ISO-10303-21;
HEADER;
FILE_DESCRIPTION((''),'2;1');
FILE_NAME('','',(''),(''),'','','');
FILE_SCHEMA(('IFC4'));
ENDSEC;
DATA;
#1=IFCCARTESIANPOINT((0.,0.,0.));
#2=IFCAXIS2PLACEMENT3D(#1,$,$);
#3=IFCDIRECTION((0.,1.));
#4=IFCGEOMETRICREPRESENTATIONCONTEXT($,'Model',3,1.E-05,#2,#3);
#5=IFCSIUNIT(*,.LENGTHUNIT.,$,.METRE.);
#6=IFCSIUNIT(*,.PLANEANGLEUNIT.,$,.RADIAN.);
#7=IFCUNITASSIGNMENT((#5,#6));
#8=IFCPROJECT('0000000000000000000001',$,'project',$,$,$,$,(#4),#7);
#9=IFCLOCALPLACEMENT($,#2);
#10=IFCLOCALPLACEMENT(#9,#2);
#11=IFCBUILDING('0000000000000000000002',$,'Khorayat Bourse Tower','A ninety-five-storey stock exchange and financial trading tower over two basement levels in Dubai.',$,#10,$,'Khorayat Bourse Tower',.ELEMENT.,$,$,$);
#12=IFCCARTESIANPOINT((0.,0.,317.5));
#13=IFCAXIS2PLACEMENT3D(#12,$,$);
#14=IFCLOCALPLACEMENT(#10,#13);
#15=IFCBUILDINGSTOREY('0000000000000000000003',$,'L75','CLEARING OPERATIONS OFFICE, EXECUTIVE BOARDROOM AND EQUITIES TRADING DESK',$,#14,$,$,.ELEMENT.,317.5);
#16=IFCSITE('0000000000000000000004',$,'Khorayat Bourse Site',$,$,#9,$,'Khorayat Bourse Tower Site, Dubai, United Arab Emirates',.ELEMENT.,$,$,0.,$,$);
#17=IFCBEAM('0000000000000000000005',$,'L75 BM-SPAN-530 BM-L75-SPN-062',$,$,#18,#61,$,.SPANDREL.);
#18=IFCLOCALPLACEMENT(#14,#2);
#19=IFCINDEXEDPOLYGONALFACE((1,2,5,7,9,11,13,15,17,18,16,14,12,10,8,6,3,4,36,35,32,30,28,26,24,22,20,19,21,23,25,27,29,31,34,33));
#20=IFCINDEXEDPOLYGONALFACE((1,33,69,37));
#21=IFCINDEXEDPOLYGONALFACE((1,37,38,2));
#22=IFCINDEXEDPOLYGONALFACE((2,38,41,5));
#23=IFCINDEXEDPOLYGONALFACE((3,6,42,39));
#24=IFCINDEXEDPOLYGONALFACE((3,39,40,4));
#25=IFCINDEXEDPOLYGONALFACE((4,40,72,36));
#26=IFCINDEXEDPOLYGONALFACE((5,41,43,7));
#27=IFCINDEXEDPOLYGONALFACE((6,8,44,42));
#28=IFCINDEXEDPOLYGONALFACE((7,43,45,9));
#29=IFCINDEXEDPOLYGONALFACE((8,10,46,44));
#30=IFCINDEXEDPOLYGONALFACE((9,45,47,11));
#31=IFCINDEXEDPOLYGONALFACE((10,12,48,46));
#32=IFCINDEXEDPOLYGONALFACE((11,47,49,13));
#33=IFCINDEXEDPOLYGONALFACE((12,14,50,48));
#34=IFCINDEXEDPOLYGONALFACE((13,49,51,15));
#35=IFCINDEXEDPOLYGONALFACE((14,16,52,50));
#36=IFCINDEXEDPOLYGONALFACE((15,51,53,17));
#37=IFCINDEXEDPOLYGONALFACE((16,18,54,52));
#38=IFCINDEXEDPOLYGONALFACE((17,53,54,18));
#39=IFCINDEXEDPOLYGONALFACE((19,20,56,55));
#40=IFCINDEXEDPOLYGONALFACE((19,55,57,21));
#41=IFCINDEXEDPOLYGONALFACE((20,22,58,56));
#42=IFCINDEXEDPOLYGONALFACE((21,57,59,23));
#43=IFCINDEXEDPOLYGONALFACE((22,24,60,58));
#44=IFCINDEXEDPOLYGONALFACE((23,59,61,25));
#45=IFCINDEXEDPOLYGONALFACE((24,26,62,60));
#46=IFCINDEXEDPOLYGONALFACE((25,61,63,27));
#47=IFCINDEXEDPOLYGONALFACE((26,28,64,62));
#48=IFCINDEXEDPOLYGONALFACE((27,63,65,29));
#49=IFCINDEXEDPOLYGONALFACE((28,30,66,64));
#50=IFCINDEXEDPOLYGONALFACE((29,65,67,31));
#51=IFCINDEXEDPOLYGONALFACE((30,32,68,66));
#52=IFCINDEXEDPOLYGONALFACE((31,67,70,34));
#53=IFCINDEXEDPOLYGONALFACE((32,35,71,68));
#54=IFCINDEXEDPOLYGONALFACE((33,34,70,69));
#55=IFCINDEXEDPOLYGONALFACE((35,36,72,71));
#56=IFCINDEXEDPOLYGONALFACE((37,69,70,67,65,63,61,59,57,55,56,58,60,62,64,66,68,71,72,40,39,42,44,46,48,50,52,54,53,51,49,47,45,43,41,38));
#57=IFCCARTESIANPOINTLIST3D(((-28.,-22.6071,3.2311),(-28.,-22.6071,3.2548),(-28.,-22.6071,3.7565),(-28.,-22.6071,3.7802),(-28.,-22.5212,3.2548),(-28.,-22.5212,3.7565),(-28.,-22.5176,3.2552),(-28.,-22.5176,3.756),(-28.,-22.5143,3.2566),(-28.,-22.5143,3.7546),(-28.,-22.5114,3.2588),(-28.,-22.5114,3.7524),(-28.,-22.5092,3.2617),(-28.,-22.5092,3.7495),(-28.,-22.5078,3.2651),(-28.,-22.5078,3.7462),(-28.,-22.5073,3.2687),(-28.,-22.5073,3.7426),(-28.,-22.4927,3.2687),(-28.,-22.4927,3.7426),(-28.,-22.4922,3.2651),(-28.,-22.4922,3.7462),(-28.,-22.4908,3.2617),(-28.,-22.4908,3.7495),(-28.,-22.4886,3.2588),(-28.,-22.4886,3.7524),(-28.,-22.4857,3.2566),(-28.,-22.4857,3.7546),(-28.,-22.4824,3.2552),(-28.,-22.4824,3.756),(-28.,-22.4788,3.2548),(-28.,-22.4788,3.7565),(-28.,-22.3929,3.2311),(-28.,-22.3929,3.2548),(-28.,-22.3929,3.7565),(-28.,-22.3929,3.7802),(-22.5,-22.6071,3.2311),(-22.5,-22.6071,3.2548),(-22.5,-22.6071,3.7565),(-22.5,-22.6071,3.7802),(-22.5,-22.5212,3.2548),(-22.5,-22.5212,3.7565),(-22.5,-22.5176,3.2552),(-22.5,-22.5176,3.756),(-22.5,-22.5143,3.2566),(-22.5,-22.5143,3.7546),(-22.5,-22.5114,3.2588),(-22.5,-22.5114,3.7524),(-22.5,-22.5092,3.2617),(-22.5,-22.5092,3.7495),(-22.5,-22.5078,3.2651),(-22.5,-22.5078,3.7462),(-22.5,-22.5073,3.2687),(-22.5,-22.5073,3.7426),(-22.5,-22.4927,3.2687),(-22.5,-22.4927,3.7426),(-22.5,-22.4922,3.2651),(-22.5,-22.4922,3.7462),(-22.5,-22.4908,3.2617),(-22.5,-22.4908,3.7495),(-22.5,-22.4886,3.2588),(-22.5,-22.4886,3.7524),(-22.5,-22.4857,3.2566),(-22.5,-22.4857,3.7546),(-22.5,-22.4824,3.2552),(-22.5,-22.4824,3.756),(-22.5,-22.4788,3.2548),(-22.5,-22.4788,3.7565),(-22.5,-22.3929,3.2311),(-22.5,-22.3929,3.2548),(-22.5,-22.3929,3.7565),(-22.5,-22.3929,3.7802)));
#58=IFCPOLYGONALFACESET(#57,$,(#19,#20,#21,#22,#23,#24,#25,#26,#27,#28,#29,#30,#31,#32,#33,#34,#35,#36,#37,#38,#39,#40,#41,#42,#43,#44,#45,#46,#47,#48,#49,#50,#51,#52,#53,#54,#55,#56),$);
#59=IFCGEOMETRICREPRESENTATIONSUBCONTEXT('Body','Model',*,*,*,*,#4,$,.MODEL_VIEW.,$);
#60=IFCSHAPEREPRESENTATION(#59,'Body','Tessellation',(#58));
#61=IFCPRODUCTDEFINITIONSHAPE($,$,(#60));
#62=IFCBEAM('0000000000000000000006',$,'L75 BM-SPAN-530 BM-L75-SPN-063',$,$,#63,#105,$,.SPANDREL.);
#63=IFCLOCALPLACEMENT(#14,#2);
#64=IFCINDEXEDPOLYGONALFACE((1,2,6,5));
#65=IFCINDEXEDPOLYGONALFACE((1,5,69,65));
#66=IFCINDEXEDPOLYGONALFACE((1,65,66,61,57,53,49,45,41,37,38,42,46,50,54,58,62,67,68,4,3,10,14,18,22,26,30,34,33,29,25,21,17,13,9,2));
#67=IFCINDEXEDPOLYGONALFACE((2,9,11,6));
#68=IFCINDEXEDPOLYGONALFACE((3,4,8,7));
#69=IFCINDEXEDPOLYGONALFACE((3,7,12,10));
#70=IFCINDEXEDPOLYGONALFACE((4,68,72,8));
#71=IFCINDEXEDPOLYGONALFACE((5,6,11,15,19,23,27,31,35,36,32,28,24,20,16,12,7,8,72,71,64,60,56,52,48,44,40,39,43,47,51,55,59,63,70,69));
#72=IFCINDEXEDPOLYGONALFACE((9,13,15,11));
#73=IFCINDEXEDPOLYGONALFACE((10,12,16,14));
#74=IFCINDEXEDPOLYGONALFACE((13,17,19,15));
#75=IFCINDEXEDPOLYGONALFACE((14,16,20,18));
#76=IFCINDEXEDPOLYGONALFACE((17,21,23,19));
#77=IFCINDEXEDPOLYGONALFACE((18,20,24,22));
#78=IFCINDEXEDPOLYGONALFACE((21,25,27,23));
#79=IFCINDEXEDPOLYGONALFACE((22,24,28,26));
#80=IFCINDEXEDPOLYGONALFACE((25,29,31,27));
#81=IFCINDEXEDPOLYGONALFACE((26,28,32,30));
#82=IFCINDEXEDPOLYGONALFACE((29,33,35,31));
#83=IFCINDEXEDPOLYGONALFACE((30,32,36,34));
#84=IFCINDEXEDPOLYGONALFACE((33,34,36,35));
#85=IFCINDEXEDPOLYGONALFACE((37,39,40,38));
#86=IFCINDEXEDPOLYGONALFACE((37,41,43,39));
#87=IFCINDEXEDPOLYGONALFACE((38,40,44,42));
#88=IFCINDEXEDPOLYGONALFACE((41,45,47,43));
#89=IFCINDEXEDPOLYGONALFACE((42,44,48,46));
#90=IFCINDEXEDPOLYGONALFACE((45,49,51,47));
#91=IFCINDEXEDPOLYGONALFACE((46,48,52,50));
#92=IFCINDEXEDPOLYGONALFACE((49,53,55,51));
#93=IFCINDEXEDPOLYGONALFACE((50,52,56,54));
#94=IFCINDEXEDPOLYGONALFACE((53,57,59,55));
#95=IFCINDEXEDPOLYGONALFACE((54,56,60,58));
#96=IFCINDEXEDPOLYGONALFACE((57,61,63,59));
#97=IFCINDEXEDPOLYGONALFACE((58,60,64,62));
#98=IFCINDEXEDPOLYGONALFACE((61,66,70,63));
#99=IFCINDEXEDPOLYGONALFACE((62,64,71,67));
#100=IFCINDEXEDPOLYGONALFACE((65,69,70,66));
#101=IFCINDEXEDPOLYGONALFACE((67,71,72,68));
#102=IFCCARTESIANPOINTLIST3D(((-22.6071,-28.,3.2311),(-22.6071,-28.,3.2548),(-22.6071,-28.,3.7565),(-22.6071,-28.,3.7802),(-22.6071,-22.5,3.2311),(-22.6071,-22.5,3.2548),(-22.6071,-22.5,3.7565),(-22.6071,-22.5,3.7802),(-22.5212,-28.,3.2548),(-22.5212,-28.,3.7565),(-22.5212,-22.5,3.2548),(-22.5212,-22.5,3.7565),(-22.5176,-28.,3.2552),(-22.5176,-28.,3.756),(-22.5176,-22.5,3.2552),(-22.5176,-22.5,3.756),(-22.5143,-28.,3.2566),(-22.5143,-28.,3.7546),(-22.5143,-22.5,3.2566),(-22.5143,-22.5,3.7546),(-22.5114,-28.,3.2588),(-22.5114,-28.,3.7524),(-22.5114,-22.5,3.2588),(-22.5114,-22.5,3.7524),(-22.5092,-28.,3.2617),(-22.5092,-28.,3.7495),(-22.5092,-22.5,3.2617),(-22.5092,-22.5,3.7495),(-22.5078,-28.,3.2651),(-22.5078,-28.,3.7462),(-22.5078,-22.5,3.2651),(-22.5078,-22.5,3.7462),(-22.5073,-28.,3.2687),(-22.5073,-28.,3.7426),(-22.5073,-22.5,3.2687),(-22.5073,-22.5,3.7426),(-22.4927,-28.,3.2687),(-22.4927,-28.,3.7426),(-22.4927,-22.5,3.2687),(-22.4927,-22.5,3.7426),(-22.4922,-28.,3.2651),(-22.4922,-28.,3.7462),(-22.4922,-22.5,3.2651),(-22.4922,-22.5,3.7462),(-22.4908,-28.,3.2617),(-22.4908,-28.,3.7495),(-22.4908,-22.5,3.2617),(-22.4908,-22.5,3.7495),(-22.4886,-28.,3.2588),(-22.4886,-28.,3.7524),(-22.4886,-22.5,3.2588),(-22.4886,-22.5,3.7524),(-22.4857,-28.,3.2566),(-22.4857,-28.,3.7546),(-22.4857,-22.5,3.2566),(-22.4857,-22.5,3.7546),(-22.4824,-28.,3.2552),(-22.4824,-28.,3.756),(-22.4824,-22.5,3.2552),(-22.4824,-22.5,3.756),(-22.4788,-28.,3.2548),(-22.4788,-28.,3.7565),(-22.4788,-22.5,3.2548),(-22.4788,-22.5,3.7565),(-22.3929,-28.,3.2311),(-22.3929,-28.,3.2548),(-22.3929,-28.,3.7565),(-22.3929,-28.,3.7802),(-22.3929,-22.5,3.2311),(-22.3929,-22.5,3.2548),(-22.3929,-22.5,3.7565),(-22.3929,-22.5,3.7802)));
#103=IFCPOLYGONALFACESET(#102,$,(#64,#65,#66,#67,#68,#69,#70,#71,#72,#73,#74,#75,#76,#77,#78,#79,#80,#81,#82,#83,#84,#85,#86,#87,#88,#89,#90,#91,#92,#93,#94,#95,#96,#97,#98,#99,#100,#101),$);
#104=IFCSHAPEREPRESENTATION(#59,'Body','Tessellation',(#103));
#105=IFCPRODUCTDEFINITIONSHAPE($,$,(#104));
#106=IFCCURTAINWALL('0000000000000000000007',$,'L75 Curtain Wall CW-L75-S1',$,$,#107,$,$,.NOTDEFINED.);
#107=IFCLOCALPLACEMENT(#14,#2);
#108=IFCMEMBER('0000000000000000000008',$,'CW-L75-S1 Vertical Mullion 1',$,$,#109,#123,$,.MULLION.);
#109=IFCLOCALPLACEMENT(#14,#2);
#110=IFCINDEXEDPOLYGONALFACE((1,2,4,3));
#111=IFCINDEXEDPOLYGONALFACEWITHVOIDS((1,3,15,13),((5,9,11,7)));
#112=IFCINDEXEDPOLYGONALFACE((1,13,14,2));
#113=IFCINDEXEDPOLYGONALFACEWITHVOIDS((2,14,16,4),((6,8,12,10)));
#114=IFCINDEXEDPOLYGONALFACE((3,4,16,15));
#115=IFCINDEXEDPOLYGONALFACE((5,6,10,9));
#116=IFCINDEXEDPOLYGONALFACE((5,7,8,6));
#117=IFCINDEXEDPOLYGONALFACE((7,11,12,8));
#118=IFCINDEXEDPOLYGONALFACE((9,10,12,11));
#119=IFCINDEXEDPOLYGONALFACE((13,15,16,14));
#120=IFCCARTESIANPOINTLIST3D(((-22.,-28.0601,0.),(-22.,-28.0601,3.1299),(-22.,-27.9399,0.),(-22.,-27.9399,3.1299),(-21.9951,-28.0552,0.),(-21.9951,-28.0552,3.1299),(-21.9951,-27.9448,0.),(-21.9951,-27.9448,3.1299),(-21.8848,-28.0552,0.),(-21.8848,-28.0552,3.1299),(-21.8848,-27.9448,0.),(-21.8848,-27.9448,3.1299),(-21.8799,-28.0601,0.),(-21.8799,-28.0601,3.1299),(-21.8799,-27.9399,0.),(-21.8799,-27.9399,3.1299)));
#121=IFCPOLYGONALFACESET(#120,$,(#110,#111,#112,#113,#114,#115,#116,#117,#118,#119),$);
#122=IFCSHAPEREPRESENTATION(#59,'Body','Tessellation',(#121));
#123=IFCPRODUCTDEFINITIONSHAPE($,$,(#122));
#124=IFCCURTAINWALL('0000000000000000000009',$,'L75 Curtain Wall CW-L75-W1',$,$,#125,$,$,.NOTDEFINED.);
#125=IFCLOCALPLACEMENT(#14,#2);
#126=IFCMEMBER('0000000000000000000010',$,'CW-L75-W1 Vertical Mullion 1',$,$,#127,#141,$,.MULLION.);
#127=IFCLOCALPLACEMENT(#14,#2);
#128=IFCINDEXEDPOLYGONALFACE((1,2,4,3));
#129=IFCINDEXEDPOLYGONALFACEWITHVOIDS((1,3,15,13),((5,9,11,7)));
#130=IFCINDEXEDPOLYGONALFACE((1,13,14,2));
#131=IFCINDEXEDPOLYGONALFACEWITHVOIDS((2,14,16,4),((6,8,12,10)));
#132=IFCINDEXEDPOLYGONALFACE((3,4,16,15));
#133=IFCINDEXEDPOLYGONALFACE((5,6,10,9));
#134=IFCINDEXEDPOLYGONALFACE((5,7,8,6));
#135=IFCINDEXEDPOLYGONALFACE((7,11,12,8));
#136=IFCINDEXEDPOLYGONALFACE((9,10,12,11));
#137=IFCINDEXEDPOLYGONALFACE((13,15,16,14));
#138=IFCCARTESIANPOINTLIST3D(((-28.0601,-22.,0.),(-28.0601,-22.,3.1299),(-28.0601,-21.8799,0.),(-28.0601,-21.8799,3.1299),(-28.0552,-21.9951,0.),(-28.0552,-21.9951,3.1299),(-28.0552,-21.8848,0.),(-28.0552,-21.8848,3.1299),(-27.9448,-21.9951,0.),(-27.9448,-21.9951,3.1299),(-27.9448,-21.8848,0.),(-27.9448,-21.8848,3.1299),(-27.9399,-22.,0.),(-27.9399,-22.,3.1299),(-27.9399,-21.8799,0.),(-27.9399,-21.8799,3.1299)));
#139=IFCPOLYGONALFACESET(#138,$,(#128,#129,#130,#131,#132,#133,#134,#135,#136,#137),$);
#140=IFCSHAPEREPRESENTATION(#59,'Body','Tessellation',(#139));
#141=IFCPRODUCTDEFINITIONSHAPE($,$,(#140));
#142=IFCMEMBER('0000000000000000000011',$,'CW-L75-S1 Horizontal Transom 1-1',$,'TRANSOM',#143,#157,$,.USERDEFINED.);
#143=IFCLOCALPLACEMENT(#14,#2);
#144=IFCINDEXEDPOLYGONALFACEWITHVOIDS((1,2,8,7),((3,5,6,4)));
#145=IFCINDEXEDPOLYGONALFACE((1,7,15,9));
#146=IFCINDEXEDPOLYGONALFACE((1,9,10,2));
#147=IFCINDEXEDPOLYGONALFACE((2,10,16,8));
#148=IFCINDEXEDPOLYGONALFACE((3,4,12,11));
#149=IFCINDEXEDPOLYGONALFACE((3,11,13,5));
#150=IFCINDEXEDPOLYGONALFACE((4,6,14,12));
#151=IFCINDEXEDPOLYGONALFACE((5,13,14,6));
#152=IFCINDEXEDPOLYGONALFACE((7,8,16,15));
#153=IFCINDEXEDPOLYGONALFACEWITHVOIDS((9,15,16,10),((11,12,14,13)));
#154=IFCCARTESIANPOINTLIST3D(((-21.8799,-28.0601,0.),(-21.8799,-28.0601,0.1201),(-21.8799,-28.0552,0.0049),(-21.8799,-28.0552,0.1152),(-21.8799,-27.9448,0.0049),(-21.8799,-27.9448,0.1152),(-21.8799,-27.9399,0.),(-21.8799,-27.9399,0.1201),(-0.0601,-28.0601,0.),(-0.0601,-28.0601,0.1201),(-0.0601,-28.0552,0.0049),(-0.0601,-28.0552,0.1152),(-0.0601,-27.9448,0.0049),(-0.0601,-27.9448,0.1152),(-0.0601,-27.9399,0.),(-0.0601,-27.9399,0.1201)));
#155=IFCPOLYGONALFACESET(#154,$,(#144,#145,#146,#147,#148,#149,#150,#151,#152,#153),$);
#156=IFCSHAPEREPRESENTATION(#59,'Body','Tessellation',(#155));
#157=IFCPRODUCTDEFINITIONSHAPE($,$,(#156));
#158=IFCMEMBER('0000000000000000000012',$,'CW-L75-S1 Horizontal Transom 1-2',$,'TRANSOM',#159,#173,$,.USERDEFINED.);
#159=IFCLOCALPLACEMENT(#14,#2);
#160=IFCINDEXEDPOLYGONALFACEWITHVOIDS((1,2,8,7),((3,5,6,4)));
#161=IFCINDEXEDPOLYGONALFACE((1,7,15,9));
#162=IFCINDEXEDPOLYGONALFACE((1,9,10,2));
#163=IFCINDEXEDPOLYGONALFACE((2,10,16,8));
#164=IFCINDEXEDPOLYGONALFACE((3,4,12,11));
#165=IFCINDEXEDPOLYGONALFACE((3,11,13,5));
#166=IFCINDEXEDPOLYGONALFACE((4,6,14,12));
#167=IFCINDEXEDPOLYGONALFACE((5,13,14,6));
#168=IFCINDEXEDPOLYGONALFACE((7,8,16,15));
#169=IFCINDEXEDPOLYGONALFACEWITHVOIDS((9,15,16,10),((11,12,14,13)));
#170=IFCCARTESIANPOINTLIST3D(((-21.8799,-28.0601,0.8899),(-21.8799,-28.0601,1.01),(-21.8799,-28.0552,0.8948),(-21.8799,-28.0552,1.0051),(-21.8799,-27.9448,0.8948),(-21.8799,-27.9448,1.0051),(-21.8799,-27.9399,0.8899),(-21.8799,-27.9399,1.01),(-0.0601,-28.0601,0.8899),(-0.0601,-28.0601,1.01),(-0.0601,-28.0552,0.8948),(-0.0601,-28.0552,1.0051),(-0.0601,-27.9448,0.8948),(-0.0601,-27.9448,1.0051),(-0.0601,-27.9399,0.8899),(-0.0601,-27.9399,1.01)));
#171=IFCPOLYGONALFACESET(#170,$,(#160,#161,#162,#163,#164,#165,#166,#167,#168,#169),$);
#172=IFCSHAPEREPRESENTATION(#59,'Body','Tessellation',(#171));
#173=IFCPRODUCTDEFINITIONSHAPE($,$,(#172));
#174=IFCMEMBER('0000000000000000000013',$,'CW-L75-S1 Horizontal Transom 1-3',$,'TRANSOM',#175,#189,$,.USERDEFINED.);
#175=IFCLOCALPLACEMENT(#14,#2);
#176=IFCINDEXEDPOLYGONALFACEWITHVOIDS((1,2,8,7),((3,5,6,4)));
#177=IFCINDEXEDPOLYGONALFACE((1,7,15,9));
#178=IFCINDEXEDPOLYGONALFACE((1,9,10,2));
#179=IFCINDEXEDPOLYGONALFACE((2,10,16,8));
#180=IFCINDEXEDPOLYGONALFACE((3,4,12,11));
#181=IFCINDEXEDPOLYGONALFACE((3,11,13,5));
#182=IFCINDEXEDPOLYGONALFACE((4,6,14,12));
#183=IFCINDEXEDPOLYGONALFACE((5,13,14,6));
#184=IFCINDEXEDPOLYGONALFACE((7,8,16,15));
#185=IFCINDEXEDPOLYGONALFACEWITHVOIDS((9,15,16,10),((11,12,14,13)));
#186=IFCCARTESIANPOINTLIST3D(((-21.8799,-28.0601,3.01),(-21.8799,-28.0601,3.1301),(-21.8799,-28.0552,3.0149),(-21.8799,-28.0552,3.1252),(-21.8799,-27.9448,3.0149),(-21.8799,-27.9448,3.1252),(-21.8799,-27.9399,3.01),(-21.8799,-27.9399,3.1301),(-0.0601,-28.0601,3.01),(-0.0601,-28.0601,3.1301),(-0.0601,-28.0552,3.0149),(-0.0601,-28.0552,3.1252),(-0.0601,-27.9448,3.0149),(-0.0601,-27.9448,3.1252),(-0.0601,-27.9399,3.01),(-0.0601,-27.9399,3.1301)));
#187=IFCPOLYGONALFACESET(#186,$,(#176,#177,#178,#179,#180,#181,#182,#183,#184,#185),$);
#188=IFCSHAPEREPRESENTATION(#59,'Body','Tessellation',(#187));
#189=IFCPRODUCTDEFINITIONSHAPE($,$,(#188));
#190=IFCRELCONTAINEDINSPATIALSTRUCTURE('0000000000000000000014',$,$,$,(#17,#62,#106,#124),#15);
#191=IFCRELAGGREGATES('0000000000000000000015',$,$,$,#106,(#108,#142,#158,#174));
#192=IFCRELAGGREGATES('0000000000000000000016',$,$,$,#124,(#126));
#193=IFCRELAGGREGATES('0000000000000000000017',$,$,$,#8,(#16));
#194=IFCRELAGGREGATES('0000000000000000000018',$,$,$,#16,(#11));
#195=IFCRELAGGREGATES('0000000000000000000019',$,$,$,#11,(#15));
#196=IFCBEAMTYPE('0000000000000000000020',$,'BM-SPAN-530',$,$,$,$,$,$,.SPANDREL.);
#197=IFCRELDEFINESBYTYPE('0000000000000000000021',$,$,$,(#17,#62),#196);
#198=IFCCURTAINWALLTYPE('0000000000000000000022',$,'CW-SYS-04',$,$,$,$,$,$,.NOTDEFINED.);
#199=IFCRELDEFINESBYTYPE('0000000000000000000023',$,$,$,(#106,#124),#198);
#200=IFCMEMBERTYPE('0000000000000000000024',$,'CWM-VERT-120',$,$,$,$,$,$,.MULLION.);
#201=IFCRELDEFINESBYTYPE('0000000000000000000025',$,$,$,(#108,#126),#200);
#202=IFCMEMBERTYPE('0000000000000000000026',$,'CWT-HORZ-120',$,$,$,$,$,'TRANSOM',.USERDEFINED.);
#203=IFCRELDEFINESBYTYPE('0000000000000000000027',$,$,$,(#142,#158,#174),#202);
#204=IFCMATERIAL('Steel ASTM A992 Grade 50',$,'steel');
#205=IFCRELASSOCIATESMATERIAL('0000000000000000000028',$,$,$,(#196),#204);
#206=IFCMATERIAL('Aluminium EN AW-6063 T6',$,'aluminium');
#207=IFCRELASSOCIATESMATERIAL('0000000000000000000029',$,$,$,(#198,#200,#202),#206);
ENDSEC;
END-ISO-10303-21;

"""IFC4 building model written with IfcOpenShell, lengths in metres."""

from ifc_helpers import new_model, si_unit, direction, frame, origin, origin_2d, place, context, subcontext, project, spatial, hollow_rectangle, i_section, extrude, source, transform, mapped, material, material_profile, profile_set, type_object, element, aggregate, save


model = new_model("IFC4")

# Units and contexts
model_context = context("Model", 3, precision=1e-05, world=origin(), true_north=direction((0.0, 1.0)))
body_context = subcontext(model_context, "Body", "Model", "MODEL_VIEW")
ifc_project = project(units=[si_unit("LENGTHUNIT", "METRE"), si_unit("PLANEANGLEUNIT", "RADIAN")], contexts=[model_context])

# Site, building, storey
site_placement = place(None, origin())
site = spatial("IfcSite", under=ifc_project, at=site_placement, Name="Khorayat Bourse Site", LongName="Khorayat Bourse Tower Site, Dubai, United Arab Emirates", CompositionType="ELEMENT", RefElevation=0.0)
building_placement = place(site_placement, origin())
building = spatial("IfcBuilding", under=site, at=building_placement, Name="Khorayat Bourse Tower", Description="A ninety-five-storey stock exchange and financial trading tower over two basement levels in Dubai.", LongName="Khorayat Bourse Tower", CompositionType="ELEMENT")
storey_placement = place(building_placement, frame((0.0, 0.0, 317.5)))
storey = spatial("IfcBuildingStorey", under=building, at=storey_placement, Name="L75", Description="CLEARING OPERATIONS OFFICE, EXECUTIVE BOARDROOM AND EQUITIES TRADING DESK", CompositionType="ELEMENT", Elevation=317.5)

# Beams
ifc_material_1 = material(Name="Steel ASTM A992 Grade 50", Category="steel")
ifc_material_profile_1 = material_profile(ifc_material_1, i_section(OverallWidth=0.2141, OverallDepth=0.5491, WebThickness=0.0146, FlangeThickness=0.0237, FilletRadius=0.0139, at=origin_2d()), Name="W530X138")
ifc_profile_set_1 = profile_set([ifc_material_profile_1], Name="Steel ASTM A992 Grade 50")
beam_type_1 = type_object("IfcBeamType", Name="BM-SPAN-530", PredefinedType="SPANDREL", material=ifc_profile_set_1)
shared_shape_1 = source(origin(), body_context, "Body", "SweptSolid", [
    extrude(i_section(OverallWidth=0.2141, OverallDepth=0.5491, WebThickness=0.0146, FlangeThickness=0.0237, FilletRadius=0.0139, at=origin_2d()), origin(), (0.0, 0.0, 1.0), 5.5),
])
for number, where, z_axis, x_axis, name in (
    (1, (-28.0, -22.5, 3.5056), (1.0, 0.0, 0.0), (0.0, 1.0, 0.0), "L75 BM-SPAN-530 BM-L75-SPN-062"),
    (2, (-22.5, -28.0, 3.5056), (0.0, 1.0, 0.0), (-1.0, 0.0, 0.0), "L75 BM-SPAN-530 BM-L75-SPN-063"),
):
    element("IfcBeam", number, at=place(storey_placement, frame(where, z_axis=z_axis, x_axis=x_axis)), inside=storey, type_object=beam_type_1, Name=name, PredefinedType="SPANDREL", context=body_context, shape_type="MappedRepresentation", body=[
        mapped(shared_shape_1, transform((0.0, 0.0, 0.0), scale=1.0)),
    ])

# Curtain walls, members
ifc_material_2 = material(Name="Aluminium EN AW-6063 T6", Category="aluminium")
curtain_wall_type = type_object("IfcCurtainWallType", Name="CW-SYS-04", PredefinedType="NOTDEFINED", material=ifc_material_2)
curtain_wall_1_placement = place(storey_placement, origin())
curtain_wall_1 = element("IfcCurtainWall", 3, at=curtain_wall_1_placement, inside=storey, type_object=curtain_wall_type, Name="L75 Curtain Wall CW-L75-S1", PredefinedType="NOTDEFINED")
ifc_material_profile_2 = material_profile(ifc_material_2, hollow_rectangle(XDim=0.1201, YDim=0.1201, WallThickness=0.0049, at=origin_2d()), Name="ALU 120x120x5")
ifc_profile_set_2 = profile_set([ifc_material_profile_2], Name="Aluminium EN AW-6063 T6")
member_type_1 = type_object("IfcMemberType", Name="CWM-VERT-120", PredefinedType="MULLION", material=ifc_profile_set_2)
shared_shape_2 = source(origin(), body_context, "Body", "SweptSolid", [
    extrude(hollow_rectangle(XDim=0.1201, YDim=0.1201, WallThickness=0.0049, at=origin_2d()), origin(), (0.0, 0.0, 1.0), 3.1299),
])
member_1_placement = place(storey_placement, frame((-21.9399, -28.0, 0.0), z_axis=(0.0, 0.0, 1.0), x_axis=(0.0, 1.0, 0.0)))
member_1 = element("IfcMember", 4, at=member_1_placement, type_object=member_type_1, Name="CW-L75-S1 Vertical Mullion 1", PredefinedType="MULLION", context=body_context, shape_type="MappedRepresentation", body=[
    mapped(shared_shape_2, transform((0.0, 0.0, 0.0), scale=1.0)),
])
curtain_wall_2_placement = place(storey_placement, origin())
curtain_wall_2 = element("IfcCurtainWall", 5, at=curtain_wall_2_placement, inside=storey, type_object=curtain_wall_type, Name="L75 Curtain Wall CW-L75-W1", PredefinedType="NOTDEFINED")
member_2_placement = place(storey_placement, frame((-28.0, -21.9399, 0.0), z_axis=(0.0, 0.0, 1.0), x_axis=(-1.0, 0.0, 0.0)))
member_2 = element("IfcMember", 6, at=member_2_placement, type_object=member_type_1, Name="CW-L75-W1 Vertical Mullion 1", PredefinedType="MULLION", context=body_context, shape_type="MappedRepresentation", body=[
    mapped(shared_shape_2, transform((0.0, 0.0, 0.0), scale=1.0)),
])

# Members
ifc_material_profile_3 = material_profile(ifc_material_2, hollow_rectangle(XDim=0.1201, YDim=0.1201, WallThickness=0.0049, at=origin_2d()), Name="ALU 120x120x5")
ifc_profile_set_3 = profile_set([ifc_material_profile_3], Name="Aluminium EN AW-6063 T6")
member_type_2 = type_object("IfcMemberType", Name="CWT-HORZ-120", ElementType="TRANSOM", PredefinedType="USERDEFINED", material=ifc_profile_set_3)
shared_shape_3 = source(origin(), body_context, "Body", "SweptSolid", [
    extrude(hollow_rectangle(XDim=0.1201, YDim=0.1201, WallThickness=0.0049, at=origin_2d()), origin(), (0.0, 0.0, 1.0), 21.8198),
])
member_3_placement = place(storey_placement, frame((-21.8799, -28.0, 0.0601), z_axis=(1.0, 0.0, 0.0), x_axis=(0.0, 1.0, 0.0)))
member_3 = element("IfcMember", 7, at=member_3_placement, type_object=member_type_2, Name="CW-L75-S1 Horizontal Transom 1-1", ObjectType="TRANSOM", PredefinedType="USERDEFINED", context=body_context, shape_type="MappedRepresentation", body=[
    mapped(shared_shape_3, transform((0.0, 0.0, 0.0), scale=1.0)),
])
member_4_placement = place(storey_placement, frame((-21.8799, -28.0, 0.95), z_axis=(1.0, 0.0, 0.0), x_axis=(0.0, 1.0, 0.0)))
member_4 = element("IfcMember", 8, at=member_4_placement, type_object=member_type_2, Name="CW-L75-S1 Horizontal Transom 1-2", ObjectType="TRANSOM", PredefinedType="USERDEFINED", context=body_context, shape_type="MappedRepresentation", body=[
    mapped(shared_shape_3, transform((0.0, 0.0, 0.0), scale=1.0)),
])
member_5_placement = place(storey_placement, frame((-21.8799, -28.0, 3.0701), z_axis=(1.0, 0.0, 0.0), x_axis=(0.0, 1.0, 0.0)))
member_5 = element("IfcMember", 9, at=member_5_placement, type_object=member_type_2, Name="CW-L75-S1 Horizontal Transom 1-3", ObjectType="TRANSOM", PredefinedType="USERDEFINED", context=body_context, shape_type="MappedRepresentation", body=[
    mapped(shared_shape_3, transform((0.0, 0.0, 0.0), scale=1.0)),
])
aggregate(curtain_wall_1, [member_1, member_3, member_4, member_5])
aggregate(curtain_wall_2, [member_2])

save(model, "model.ifc")
